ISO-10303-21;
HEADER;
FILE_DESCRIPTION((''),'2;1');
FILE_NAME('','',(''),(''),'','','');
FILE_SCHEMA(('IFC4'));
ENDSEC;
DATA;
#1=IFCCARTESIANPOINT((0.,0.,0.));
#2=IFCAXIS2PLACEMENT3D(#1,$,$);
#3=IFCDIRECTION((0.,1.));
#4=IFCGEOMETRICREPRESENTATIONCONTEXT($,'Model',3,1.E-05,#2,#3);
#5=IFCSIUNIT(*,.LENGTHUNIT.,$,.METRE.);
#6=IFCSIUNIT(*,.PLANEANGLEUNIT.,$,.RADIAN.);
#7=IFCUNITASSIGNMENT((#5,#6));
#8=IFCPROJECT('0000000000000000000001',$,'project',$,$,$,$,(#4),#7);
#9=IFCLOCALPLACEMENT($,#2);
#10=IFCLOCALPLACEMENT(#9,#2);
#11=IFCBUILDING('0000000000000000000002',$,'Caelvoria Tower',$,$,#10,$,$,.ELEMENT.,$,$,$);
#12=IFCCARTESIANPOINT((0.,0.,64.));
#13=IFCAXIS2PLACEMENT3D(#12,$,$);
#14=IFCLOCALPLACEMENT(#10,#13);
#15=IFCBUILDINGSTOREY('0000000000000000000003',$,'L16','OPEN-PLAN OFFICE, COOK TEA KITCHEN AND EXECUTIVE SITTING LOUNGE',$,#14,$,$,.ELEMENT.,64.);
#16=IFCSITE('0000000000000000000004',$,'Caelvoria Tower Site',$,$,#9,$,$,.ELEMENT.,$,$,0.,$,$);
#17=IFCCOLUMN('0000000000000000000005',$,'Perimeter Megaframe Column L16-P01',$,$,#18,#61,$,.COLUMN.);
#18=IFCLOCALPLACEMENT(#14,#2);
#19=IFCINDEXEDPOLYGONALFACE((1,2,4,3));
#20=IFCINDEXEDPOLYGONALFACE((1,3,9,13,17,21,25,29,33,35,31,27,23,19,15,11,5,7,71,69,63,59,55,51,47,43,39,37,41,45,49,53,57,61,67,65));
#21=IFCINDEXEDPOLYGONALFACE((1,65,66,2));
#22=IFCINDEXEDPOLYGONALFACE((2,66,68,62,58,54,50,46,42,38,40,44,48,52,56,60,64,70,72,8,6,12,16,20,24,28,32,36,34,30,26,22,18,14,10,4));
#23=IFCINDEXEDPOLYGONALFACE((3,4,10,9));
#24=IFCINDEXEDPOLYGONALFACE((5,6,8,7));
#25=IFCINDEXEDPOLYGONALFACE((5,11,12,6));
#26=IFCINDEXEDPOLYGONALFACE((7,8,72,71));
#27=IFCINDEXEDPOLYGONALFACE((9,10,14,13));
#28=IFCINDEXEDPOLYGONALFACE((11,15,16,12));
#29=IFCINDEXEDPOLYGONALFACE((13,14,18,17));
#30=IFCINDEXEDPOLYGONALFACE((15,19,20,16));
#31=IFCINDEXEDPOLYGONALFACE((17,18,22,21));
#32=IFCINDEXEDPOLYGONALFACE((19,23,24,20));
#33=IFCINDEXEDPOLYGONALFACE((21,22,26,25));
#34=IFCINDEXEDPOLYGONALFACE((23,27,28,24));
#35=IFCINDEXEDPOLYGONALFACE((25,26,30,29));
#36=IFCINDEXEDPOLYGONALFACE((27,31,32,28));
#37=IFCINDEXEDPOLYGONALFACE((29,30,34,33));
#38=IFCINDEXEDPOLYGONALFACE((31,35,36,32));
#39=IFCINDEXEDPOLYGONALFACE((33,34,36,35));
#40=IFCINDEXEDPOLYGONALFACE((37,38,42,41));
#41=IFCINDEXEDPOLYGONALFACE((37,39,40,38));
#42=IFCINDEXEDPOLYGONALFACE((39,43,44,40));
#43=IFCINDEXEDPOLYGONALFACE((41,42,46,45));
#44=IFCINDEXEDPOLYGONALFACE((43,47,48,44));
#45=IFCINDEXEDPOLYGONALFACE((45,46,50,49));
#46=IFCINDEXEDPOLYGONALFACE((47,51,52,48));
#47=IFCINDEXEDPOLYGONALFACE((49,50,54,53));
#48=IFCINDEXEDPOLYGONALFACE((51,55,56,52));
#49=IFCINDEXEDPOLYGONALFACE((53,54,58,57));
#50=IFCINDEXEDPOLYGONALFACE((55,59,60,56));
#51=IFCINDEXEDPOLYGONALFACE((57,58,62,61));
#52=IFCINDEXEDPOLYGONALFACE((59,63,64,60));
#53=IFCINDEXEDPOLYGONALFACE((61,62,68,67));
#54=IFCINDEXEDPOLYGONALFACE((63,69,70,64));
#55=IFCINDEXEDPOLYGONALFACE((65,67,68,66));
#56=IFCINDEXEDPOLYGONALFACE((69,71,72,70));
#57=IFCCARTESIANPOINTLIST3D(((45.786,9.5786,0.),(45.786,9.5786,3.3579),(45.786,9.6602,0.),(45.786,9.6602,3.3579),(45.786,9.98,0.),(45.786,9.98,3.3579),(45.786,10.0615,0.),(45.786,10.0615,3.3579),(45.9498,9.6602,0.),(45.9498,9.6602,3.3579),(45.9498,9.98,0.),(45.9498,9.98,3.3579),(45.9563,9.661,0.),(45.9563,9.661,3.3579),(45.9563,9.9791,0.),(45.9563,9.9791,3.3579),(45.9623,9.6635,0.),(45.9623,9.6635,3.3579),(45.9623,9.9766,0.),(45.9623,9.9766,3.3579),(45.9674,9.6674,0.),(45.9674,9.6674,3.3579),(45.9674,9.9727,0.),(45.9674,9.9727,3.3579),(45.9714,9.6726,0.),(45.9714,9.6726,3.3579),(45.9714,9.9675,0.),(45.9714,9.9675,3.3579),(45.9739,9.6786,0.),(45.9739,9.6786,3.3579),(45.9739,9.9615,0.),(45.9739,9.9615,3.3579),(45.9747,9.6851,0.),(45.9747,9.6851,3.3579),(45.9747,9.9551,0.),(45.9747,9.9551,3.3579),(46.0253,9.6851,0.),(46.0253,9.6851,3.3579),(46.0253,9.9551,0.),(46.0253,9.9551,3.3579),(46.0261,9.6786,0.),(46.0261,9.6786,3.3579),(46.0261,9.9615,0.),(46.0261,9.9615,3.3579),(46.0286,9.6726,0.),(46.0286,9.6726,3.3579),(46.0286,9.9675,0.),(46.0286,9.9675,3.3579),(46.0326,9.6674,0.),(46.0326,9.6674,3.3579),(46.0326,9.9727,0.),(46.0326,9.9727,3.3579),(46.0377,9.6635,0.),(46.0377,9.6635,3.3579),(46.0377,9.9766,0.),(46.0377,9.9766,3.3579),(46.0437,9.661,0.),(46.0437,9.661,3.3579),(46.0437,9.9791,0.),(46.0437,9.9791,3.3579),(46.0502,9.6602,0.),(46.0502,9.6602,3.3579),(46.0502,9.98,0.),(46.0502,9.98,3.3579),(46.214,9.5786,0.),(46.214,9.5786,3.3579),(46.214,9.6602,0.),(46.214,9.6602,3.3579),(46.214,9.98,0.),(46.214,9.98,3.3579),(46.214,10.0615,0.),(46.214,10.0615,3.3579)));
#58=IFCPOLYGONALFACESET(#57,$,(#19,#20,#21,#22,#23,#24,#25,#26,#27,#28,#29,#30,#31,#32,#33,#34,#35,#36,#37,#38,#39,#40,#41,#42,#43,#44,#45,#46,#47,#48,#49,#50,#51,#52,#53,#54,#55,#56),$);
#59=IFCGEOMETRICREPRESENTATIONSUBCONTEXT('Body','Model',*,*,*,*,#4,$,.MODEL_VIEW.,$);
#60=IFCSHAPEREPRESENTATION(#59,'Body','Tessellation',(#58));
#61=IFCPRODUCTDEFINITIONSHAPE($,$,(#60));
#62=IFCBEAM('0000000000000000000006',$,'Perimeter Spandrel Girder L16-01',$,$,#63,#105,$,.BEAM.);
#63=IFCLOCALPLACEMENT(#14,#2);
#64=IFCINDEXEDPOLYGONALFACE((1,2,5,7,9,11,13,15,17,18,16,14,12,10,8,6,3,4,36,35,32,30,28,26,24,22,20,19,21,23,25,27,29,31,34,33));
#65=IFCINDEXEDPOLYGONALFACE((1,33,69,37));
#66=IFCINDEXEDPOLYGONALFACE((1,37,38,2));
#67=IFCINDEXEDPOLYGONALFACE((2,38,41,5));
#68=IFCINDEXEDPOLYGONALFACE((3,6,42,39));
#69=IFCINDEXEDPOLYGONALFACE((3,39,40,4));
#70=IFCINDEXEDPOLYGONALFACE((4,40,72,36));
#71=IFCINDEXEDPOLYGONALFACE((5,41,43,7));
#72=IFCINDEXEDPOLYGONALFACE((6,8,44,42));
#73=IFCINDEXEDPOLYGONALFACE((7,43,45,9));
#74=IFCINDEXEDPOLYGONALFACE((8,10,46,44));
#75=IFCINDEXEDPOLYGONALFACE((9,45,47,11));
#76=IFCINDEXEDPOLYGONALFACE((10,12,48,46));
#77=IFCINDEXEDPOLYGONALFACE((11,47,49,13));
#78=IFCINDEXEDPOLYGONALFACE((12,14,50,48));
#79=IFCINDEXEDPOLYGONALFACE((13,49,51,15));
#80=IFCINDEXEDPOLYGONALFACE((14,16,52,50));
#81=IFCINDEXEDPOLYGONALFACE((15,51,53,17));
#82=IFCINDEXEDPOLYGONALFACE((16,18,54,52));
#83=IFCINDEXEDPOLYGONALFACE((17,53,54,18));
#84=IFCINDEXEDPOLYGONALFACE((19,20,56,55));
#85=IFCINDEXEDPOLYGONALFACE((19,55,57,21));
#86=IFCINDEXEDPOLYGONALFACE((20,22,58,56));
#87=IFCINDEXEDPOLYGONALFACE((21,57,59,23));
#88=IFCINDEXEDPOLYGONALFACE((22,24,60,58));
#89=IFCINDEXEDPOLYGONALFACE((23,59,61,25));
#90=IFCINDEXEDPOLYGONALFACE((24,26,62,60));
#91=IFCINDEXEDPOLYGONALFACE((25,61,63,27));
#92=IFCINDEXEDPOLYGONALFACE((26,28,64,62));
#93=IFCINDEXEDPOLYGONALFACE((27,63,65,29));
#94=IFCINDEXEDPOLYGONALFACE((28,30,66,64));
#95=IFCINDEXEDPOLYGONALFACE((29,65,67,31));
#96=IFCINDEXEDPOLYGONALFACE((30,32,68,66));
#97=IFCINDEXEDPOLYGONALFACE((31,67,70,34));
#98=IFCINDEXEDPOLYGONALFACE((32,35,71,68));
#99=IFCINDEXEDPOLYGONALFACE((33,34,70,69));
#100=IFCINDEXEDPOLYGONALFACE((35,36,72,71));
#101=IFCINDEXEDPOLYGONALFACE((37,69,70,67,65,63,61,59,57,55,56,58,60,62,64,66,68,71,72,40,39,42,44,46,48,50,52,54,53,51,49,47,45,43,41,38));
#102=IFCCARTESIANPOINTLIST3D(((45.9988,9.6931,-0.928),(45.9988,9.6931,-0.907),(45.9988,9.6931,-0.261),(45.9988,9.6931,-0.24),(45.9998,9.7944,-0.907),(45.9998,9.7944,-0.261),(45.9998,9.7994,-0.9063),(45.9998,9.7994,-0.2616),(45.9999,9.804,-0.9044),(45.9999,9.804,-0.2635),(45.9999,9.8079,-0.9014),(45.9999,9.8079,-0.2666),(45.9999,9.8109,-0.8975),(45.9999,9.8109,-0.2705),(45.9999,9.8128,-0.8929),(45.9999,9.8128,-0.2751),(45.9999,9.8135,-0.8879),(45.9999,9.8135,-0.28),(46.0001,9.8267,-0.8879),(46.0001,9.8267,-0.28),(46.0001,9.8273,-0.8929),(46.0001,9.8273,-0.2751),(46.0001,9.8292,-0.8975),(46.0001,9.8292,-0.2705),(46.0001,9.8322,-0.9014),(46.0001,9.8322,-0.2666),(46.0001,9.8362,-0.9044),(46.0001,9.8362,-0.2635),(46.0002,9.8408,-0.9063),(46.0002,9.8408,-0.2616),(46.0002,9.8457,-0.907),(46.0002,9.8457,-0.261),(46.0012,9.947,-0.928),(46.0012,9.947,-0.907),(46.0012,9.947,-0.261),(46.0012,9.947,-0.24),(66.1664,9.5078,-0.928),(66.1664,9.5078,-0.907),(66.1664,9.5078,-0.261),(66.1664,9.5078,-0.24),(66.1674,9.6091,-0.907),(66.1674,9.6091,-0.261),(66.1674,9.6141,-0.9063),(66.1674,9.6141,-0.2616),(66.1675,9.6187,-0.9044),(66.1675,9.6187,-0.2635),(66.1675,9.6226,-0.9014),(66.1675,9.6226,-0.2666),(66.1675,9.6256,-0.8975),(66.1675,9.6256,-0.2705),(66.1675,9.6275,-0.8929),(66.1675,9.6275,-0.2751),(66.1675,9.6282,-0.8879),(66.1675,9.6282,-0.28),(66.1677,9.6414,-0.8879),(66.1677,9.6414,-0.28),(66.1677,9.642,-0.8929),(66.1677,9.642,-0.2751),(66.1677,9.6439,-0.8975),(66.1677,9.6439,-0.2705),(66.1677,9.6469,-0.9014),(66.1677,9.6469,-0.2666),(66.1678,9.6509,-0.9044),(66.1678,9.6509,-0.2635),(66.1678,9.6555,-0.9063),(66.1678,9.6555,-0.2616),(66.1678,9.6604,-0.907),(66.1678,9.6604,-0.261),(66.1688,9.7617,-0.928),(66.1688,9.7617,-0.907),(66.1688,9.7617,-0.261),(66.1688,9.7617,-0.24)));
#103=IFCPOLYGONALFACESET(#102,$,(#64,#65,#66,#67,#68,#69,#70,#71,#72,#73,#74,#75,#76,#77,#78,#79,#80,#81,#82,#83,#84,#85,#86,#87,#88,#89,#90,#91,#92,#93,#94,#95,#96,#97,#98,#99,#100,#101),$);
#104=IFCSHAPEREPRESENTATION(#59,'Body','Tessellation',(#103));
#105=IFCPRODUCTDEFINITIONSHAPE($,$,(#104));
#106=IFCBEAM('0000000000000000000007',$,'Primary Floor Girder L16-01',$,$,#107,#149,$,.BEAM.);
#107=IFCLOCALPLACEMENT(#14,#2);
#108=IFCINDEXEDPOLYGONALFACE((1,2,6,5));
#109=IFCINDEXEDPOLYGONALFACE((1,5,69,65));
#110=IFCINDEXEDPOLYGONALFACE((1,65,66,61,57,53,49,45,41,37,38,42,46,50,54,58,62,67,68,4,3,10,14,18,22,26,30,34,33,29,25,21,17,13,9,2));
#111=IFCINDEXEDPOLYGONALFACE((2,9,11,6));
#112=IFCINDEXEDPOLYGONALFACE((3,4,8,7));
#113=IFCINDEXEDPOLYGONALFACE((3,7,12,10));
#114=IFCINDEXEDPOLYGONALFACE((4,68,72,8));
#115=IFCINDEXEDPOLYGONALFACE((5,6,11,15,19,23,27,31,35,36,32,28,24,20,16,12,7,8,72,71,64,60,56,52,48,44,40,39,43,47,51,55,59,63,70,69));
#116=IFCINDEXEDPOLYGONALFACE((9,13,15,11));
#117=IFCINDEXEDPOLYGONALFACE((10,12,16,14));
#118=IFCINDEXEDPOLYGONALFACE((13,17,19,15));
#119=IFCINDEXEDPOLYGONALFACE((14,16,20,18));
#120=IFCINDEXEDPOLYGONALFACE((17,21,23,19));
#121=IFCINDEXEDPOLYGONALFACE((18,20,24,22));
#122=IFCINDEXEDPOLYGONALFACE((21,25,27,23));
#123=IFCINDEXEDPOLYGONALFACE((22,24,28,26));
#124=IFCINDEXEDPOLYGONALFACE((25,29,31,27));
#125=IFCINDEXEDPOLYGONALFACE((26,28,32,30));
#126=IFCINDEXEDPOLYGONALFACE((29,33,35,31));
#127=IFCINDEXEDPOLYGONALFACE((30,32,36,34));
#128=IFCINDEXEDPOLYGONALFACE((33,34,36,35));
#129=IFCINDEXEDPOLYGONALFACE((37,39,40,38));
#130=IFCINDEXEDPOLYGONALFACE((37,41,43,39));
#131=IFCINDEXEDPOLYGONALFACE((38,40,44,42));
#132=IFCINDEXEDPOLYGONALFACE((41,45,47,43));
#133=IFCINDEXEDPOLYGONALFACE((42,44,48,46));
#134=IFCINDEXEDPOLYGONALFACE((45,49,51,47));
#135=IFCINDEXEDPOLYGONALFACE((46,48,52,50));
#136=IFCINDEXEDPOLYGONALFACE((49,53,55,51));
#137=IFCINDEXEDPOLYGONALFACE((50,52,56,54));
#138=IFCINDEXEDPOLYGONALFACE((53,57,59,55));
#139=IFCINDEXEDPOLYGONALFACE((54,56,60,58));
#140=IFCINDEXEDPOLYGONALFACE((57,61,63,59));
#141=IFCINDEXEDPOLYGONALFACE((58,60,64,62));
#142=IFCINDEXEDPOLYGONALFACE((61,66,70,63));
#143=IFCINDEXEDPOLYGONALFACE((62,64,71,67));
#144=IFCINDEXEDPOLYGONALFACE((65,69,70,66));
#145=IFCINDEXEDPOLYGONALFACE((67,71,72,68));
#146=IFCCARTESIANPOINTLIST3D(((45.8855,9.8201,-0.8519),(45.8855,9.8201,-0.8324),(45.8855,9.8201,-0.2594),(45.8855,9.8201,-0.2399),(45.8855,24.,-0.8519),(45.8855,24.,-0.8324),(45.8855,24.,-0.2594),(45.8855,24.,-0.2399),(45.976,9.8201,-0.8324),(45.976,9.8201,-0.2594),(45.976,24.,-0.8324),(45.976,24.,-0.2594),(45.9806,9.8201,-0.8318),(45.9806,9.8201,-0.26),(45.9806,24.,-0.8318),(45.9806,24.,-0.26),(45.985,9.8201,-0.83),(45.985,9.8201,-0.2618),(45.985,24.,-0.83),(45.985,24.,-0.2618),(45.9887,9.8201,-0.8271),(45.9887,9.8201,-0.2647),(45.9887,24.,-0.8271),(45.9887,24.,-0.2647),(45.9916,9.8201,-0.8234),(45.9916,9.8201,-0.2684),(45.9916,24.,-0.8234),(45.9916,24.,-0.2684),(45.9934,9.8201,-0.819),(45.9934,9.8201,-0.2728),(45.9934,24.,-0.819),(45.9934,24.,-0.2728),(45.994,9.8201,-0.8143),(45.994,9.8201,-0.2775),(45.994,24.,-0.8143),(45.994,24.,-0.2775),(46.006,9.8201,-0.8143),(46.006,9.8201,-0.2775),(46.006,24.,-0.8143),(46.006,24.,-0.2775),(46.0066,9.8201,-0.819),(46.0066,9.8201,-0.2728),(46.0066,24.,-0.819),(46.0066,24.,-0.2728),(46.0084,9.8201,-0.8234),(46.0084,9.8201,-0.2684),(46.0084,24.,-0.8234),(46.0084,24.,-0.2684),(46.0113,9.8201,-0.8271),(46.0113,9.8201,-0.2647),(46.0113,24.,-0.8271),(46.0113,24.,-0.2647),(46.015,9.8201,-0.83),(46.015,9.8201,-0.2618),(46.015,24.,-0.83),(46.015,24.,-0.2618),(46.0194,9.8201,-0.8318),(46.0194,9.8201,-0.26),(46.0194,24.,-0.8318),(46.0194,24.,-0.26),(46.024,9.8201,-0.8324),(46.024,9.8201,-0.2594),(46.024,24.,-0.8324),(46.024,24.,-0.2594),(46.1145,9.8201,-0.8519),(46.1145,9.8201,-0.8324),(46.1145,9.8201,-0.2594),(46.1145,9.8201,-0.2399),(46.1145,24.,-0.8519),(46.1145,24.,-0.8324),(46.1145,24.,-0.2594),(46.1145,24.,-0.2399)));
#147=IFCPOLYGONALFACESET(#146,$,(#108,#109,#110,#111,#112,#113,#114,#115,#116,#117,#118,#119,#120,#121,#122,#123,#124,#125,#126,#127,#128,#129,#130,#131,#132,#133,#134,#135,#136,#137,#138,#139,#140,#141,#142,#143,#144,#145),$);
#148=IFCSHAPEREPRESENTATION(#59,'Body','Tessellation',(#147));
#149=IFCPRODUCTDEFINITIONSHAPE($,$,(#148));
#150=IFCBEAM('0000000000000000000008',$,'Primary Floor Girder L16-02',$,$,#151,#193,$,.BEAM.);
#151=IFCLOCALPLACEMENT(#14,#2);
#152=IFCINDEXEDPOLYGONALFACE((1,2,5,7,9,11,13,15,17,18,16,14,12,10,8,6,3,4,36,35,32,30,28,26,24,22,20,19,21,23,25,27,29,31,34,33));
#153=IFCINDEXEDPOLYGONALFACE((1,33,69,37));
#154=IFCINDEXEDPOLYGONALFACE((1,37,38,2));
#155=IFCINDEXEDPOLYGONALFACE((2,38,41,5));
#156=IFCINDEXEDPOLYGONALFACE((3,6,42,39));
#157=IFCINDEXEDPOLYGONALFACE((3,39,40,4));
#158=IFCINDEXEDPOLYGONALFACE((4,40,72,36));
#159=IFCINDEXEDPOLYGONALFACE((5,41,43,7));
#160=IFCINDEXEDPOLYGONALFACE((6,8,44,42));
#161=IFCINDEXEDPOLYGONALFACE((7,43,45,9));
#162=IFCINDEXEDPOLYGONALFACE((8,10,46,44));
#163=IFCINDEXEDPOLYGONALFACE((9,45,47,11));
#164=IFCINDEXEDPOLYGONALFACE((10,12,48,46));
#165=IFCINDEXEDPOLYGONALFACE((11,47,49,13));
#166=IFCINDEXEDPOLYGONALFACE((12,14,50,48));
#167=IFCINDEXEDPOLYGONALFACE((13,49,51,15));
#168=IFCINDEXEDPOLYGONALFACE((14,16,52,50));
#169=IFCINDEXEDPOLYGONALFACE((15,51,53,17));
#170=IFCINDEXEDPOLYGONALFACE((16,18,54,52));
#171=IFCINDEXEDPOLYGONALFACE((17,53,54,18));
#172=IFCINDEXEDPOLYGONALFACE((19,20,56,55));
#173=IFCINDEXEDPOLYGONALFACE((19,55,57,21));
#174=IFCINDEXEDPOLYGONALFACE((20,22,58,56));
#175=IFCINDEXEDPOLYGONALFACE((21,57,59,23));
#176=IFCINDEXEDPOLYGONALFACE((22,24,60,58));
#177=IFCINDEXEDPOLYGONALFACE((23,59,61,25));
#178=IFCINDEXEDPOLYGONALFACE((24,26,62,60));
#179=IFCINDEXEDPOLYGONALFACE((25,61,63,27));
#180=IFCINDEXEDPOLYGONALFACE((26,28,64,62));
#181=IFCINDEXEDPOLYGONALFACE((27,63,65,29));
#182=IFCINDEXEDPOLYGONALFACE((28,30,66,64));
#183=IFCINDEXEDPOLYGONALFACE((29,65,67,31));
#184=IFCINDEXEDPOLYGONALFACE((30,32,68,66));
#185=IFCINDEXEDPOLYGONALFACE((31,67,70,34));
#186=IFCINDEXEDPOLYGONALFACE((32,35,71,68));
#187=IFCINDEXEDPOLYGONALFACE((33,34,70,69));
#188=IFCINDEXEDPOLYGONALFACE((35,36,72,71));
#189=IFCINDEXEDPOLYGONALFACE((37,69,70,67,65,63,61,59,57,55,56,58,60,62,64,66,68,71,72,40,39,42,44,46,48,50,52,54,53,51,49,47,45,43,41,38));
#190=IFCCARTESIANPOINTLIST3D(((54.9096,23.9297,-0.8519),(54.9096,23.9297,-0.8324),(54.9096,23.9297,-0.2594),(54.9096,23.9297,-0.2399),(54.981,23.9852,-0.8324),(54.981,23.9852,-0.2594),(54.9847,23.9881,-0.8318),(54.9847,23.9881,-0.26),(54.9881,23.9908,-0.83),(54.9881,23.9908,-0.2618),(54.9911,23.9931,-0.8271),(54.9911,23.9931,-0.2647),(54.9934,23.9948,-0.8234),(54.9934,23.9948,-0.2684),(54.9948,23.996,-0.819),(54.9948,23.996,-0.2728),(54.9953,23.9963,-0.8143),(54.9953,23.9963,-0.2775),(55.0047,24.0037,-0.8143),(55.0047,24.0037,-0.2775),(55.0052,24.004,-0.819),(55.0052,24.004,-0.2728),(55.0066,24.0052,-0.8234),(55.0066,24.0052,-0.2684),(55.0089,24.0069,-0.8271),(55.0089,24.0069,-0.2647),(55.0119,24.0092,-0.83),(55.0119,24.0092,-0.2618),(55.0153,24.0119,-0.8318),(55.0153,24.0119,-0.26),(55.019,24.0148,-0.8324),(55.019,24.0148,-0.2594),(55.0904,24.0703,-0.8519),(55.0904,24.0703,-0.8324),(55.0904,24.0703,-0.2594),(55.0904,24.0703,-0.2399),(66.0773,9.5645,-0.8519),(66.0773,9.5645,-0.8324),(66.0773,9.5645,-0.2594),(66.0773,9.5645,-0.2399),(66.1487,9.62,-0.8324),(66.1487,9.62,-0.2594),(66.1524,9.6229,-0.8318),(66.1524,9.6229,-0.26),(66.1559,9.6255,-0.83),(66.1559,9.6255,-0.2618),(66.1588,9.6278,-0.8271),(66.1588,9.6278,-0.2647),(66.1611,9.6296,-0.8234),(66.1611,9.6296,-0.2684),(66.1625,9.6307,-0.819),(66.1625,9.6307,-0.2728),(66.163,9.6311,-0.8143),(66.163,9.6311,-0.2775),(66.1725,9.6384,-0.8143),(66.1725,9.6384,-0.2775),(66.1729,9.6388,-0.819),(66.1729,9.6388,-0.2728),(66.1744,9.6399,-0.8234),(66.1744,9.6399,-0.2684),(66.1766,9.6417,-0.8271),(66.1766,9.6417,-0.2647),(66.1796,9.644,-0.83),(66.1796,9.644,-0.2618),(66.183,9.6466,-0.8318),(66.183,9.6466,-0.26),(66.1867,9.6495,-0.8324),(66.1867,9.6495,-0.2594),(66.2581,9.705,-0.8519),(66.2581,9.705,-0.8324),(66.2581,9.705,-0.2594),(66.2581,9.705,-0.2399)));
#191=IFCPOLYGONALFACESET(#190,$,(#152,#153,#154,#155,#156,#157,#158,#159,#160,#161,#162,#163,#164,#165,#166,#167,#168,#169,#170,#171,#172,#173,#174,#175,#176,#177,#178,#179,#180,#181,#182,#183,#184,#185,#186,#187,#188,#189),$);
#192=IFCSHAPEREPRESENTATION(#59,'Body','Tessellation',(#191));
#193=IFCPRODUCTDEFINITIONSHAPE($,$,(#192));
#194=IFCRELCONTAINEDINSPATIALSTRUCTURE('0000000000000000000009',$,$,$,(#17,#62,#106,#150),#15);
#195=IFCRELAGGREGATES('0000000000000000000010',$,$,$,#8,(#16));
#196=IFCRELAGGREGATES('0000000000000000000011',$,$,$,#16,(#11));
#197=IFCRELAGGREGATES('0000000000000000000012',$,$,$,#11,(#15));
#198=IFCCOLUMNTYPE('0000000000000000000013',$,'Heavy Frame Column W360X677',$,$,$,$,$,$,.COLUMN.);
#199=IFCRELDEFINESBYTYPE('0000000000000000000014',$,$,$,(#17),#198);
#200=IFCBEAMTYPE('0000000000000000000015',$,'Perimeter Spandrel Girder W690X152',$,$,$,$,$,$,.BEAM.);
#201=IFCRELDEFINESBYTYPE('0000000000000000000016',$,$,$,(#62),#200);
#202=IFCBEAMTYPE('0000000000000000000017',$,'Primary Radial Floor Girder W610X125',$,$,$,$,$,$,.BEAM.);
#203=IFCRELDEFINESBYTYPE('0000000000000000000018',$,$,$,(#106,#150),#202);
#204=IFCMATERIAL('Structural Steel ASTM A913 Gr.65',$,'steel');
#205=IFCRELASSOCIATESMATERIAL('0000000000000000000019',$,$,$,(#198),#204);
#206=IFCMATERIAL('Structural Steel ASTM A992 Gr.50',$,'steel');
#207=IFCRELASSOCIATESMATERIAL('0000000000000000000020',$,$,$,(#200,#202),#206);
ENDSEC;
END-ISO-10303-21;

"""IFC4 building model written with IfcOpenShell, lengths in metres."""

from ifc_helpers import new_model, si_unit, direction, frame, origin, origin_2d, place, context, subcontext, project, spatial, i_section, extrude, material, material_profile, profile_set, type_object, element, save


model = new_model("IFC4")

# Units and contexts
model_context = context("Model", 3, precision=1e-05, world=origin(), true_north=direction((0.0, 1.0)))
body_context = subcontext(model_context, "Body", "Model", "MODEL_VIEW")
ifc_project = project(units=[si_unit("LENGTHUNIT", "METRE"), si_unit("PLANEANGLEUNIT", "RADIAN")], contexts=[model_context])

# Site, building, storey
site_placement = place(None, origin())
site = spatial("IfcSite", under=ifc_project, at=site_placement, Name="Caelvoria Tower Site", CompositionType="ELEMENT", RefElevation=0.0)
building_placement = place(site_placement, origin())
building = spatial("IfcBuilding", under=site, at=building_placement, Name="Caelvoria Tower", CompositionType="ELEMENT")
storey_placement = place(building_placement, frame((0.0, 0.0, 64.0)))
storey = spatial("IfcBuildingStorey", under=building, at=storey_placement, Name="L16", Description="OPEN-PLAN OFFICE, COOK TEA KITCHEN AND EXECUTIVE SITTING LOUNGE", CompositionType="ELEMENT", Elevation=64.0)

# Column
ifc_material_1 = material(Name="Structural Steel ASTM A913 Gr.65", Category="steel")
ifc_material_profile_1 = material_profile(ifc_material_1, i_section(OverallWidth=0.428, OverallDepth=0.4829, WebThickness=0.0505, FlangeThickness=0.0815, FilletRadius=0.0249, at=origin_2d()), Name="Structural Steel ASTM A913 Gr.65")
ifc_profile_set_1 = profile_set([ifc_material_profile_1], Name="W360X677 - Structural Steel ASTM A913 Gr.65")
column_type = type_object("IfcColumnType", Name="Heavy Frame Column W360X677", PredefinedType="COLUMN", material=ifc_profile_set_1)
column_placement = place(storey_placement, frame((46.0, 9.8201, 0.0), z_axis=(0.0, 0.0, 1.0), x_axis=(1.0, 0.0, 0.0)))
element("IfcColumn", 1, at=column_placement, inside=storey, type_object=column_type, Name="Perimeter Megaframe Column L16-P01", PredefinedType="COLUMN", context=body_context, shape_type="SweptSolid", body=[
    extrude(i_section(OverallWidth=0.428, OverallDepth=0.4829, WebThickness=0.0505, FlangeThickness=0.0815, FilletRadius=0.0249, at=origin_2d()), origin(), (0.0, 0.0, 1.0), 3.3579),
])

# Beams
ifc_material_2 = material(Name="Structural Steel ASTM A992 Gr.50", Category="steel")
ifc_material_profile_2 = material_profile(ifc_material_2, i_section(OverallWidth=0.2539, OverallDepth=0.688, WebThickness=0.0132, FlangeThickness=0.021, FilletRadius=0.019, at=origin_2d()), Name="Structural Steel ASTM A992 Gr.50")
ifc_profile_set_2 = profile_set([ifc_material_profile_2], Name="W690X152 - Structural Steel ASTM A992 Gr.50")
beam_type_1 = type_object("IfcBeamType", Name="Perimeter Spandrel Girder W690X152", PredefinedType="BEAM", material=ifc_profile_set_2)
beam_1_placement = place(storey_placement, frame((46.0, 9.8201, -0.584), z_axis=(0.999958, -0.009188, 0.0), x_axis=(0.009188, 0.999958, 0.0)))
element("IfcBeam", 2, at=beam_1_placement, inside=storey, type_object=beam_type_1, Name="Perimeter Spandrel Girder L16-01", PredefinedType="BEAM", context=body_context, shape_type="SweptSolid", body=[
    extrude(i_section(OverallWidth=0.2539, OverallDepth=0.688, WebThickness=0.0132, FlangeThickness=0.021, FilletRadius=0.019, at=origin_2d()), origin(), (0.0, 0.0, 1.0), 20.1685),
])
ifc_material_profile_3 = material_profile(ifc_material_2, i_section(OverallWidth=0.229, OverallDepth=0.6121, WebThickness=0.012, FlangeThickness=0.0195, FilletRadius=0.0181, at=origin_2d()), Name="Structural Steel ASTM A992 Gr.50")
ifc_profile_set_3 = profile_set([ifc_material_profile_3], Name="W610X125 - Structural Steel ASTM A992 Gr.50")
beam_type_2 = type_object("IfcBeamType", Name="Primary Radial Floor Girder W610X125", PredefinedType="BEAM", material=ifc_profile_set_3)
beam_2_placement = place(storey_placement, frame((46.0, 24.0, -0.5459), z_axis=(0.0, -1.0, 0.0), x_axis=(1.0, 0.0, 0.0)))
element("IfcBeam", 3, at=beam_2_placement, inside=storey, type_object=beam_type_2, Name="Primary Floor Girder L16-01", PredefinedType="BEAM", context=body_context, shape_type="SweptSolid", body=[
    extrude(i_section(OverallWidth=0.229, OverallDepth=0.6121, WebThickness=0.012, FlangeThickness=0.0195, FilletRadius=0.0181, at=origin_2d()), origin(), (0.0, 0.0, 1.0), 14.1799),
])
beam_3_placement = place(storey_placement, frame((55.0, 24.0, -0.5459), z_axis=(0.613761, -0.789492, 0.0), x_axis=(0.789492, 0.613761, 0.0)))
element("IfcBeam", 4, at=beam_3_placement, inside=storey, type_object=beam_type_2, Name="Primary Floor Girder L16-02", PredefinedType="BEAM", context=body_context, shape_type="SweptSolid", body=[
    extrude(i_section(OverallWidth=0.229, OverallDepth=0.6121, WebThickness=0.012, FlangeThickness=0.0195, FilletRadius=0.0181, at=origin_2d()), origin(), (0.0, 0.0, 1.0), 18.1956),
])

save(model, "model.ifc")
